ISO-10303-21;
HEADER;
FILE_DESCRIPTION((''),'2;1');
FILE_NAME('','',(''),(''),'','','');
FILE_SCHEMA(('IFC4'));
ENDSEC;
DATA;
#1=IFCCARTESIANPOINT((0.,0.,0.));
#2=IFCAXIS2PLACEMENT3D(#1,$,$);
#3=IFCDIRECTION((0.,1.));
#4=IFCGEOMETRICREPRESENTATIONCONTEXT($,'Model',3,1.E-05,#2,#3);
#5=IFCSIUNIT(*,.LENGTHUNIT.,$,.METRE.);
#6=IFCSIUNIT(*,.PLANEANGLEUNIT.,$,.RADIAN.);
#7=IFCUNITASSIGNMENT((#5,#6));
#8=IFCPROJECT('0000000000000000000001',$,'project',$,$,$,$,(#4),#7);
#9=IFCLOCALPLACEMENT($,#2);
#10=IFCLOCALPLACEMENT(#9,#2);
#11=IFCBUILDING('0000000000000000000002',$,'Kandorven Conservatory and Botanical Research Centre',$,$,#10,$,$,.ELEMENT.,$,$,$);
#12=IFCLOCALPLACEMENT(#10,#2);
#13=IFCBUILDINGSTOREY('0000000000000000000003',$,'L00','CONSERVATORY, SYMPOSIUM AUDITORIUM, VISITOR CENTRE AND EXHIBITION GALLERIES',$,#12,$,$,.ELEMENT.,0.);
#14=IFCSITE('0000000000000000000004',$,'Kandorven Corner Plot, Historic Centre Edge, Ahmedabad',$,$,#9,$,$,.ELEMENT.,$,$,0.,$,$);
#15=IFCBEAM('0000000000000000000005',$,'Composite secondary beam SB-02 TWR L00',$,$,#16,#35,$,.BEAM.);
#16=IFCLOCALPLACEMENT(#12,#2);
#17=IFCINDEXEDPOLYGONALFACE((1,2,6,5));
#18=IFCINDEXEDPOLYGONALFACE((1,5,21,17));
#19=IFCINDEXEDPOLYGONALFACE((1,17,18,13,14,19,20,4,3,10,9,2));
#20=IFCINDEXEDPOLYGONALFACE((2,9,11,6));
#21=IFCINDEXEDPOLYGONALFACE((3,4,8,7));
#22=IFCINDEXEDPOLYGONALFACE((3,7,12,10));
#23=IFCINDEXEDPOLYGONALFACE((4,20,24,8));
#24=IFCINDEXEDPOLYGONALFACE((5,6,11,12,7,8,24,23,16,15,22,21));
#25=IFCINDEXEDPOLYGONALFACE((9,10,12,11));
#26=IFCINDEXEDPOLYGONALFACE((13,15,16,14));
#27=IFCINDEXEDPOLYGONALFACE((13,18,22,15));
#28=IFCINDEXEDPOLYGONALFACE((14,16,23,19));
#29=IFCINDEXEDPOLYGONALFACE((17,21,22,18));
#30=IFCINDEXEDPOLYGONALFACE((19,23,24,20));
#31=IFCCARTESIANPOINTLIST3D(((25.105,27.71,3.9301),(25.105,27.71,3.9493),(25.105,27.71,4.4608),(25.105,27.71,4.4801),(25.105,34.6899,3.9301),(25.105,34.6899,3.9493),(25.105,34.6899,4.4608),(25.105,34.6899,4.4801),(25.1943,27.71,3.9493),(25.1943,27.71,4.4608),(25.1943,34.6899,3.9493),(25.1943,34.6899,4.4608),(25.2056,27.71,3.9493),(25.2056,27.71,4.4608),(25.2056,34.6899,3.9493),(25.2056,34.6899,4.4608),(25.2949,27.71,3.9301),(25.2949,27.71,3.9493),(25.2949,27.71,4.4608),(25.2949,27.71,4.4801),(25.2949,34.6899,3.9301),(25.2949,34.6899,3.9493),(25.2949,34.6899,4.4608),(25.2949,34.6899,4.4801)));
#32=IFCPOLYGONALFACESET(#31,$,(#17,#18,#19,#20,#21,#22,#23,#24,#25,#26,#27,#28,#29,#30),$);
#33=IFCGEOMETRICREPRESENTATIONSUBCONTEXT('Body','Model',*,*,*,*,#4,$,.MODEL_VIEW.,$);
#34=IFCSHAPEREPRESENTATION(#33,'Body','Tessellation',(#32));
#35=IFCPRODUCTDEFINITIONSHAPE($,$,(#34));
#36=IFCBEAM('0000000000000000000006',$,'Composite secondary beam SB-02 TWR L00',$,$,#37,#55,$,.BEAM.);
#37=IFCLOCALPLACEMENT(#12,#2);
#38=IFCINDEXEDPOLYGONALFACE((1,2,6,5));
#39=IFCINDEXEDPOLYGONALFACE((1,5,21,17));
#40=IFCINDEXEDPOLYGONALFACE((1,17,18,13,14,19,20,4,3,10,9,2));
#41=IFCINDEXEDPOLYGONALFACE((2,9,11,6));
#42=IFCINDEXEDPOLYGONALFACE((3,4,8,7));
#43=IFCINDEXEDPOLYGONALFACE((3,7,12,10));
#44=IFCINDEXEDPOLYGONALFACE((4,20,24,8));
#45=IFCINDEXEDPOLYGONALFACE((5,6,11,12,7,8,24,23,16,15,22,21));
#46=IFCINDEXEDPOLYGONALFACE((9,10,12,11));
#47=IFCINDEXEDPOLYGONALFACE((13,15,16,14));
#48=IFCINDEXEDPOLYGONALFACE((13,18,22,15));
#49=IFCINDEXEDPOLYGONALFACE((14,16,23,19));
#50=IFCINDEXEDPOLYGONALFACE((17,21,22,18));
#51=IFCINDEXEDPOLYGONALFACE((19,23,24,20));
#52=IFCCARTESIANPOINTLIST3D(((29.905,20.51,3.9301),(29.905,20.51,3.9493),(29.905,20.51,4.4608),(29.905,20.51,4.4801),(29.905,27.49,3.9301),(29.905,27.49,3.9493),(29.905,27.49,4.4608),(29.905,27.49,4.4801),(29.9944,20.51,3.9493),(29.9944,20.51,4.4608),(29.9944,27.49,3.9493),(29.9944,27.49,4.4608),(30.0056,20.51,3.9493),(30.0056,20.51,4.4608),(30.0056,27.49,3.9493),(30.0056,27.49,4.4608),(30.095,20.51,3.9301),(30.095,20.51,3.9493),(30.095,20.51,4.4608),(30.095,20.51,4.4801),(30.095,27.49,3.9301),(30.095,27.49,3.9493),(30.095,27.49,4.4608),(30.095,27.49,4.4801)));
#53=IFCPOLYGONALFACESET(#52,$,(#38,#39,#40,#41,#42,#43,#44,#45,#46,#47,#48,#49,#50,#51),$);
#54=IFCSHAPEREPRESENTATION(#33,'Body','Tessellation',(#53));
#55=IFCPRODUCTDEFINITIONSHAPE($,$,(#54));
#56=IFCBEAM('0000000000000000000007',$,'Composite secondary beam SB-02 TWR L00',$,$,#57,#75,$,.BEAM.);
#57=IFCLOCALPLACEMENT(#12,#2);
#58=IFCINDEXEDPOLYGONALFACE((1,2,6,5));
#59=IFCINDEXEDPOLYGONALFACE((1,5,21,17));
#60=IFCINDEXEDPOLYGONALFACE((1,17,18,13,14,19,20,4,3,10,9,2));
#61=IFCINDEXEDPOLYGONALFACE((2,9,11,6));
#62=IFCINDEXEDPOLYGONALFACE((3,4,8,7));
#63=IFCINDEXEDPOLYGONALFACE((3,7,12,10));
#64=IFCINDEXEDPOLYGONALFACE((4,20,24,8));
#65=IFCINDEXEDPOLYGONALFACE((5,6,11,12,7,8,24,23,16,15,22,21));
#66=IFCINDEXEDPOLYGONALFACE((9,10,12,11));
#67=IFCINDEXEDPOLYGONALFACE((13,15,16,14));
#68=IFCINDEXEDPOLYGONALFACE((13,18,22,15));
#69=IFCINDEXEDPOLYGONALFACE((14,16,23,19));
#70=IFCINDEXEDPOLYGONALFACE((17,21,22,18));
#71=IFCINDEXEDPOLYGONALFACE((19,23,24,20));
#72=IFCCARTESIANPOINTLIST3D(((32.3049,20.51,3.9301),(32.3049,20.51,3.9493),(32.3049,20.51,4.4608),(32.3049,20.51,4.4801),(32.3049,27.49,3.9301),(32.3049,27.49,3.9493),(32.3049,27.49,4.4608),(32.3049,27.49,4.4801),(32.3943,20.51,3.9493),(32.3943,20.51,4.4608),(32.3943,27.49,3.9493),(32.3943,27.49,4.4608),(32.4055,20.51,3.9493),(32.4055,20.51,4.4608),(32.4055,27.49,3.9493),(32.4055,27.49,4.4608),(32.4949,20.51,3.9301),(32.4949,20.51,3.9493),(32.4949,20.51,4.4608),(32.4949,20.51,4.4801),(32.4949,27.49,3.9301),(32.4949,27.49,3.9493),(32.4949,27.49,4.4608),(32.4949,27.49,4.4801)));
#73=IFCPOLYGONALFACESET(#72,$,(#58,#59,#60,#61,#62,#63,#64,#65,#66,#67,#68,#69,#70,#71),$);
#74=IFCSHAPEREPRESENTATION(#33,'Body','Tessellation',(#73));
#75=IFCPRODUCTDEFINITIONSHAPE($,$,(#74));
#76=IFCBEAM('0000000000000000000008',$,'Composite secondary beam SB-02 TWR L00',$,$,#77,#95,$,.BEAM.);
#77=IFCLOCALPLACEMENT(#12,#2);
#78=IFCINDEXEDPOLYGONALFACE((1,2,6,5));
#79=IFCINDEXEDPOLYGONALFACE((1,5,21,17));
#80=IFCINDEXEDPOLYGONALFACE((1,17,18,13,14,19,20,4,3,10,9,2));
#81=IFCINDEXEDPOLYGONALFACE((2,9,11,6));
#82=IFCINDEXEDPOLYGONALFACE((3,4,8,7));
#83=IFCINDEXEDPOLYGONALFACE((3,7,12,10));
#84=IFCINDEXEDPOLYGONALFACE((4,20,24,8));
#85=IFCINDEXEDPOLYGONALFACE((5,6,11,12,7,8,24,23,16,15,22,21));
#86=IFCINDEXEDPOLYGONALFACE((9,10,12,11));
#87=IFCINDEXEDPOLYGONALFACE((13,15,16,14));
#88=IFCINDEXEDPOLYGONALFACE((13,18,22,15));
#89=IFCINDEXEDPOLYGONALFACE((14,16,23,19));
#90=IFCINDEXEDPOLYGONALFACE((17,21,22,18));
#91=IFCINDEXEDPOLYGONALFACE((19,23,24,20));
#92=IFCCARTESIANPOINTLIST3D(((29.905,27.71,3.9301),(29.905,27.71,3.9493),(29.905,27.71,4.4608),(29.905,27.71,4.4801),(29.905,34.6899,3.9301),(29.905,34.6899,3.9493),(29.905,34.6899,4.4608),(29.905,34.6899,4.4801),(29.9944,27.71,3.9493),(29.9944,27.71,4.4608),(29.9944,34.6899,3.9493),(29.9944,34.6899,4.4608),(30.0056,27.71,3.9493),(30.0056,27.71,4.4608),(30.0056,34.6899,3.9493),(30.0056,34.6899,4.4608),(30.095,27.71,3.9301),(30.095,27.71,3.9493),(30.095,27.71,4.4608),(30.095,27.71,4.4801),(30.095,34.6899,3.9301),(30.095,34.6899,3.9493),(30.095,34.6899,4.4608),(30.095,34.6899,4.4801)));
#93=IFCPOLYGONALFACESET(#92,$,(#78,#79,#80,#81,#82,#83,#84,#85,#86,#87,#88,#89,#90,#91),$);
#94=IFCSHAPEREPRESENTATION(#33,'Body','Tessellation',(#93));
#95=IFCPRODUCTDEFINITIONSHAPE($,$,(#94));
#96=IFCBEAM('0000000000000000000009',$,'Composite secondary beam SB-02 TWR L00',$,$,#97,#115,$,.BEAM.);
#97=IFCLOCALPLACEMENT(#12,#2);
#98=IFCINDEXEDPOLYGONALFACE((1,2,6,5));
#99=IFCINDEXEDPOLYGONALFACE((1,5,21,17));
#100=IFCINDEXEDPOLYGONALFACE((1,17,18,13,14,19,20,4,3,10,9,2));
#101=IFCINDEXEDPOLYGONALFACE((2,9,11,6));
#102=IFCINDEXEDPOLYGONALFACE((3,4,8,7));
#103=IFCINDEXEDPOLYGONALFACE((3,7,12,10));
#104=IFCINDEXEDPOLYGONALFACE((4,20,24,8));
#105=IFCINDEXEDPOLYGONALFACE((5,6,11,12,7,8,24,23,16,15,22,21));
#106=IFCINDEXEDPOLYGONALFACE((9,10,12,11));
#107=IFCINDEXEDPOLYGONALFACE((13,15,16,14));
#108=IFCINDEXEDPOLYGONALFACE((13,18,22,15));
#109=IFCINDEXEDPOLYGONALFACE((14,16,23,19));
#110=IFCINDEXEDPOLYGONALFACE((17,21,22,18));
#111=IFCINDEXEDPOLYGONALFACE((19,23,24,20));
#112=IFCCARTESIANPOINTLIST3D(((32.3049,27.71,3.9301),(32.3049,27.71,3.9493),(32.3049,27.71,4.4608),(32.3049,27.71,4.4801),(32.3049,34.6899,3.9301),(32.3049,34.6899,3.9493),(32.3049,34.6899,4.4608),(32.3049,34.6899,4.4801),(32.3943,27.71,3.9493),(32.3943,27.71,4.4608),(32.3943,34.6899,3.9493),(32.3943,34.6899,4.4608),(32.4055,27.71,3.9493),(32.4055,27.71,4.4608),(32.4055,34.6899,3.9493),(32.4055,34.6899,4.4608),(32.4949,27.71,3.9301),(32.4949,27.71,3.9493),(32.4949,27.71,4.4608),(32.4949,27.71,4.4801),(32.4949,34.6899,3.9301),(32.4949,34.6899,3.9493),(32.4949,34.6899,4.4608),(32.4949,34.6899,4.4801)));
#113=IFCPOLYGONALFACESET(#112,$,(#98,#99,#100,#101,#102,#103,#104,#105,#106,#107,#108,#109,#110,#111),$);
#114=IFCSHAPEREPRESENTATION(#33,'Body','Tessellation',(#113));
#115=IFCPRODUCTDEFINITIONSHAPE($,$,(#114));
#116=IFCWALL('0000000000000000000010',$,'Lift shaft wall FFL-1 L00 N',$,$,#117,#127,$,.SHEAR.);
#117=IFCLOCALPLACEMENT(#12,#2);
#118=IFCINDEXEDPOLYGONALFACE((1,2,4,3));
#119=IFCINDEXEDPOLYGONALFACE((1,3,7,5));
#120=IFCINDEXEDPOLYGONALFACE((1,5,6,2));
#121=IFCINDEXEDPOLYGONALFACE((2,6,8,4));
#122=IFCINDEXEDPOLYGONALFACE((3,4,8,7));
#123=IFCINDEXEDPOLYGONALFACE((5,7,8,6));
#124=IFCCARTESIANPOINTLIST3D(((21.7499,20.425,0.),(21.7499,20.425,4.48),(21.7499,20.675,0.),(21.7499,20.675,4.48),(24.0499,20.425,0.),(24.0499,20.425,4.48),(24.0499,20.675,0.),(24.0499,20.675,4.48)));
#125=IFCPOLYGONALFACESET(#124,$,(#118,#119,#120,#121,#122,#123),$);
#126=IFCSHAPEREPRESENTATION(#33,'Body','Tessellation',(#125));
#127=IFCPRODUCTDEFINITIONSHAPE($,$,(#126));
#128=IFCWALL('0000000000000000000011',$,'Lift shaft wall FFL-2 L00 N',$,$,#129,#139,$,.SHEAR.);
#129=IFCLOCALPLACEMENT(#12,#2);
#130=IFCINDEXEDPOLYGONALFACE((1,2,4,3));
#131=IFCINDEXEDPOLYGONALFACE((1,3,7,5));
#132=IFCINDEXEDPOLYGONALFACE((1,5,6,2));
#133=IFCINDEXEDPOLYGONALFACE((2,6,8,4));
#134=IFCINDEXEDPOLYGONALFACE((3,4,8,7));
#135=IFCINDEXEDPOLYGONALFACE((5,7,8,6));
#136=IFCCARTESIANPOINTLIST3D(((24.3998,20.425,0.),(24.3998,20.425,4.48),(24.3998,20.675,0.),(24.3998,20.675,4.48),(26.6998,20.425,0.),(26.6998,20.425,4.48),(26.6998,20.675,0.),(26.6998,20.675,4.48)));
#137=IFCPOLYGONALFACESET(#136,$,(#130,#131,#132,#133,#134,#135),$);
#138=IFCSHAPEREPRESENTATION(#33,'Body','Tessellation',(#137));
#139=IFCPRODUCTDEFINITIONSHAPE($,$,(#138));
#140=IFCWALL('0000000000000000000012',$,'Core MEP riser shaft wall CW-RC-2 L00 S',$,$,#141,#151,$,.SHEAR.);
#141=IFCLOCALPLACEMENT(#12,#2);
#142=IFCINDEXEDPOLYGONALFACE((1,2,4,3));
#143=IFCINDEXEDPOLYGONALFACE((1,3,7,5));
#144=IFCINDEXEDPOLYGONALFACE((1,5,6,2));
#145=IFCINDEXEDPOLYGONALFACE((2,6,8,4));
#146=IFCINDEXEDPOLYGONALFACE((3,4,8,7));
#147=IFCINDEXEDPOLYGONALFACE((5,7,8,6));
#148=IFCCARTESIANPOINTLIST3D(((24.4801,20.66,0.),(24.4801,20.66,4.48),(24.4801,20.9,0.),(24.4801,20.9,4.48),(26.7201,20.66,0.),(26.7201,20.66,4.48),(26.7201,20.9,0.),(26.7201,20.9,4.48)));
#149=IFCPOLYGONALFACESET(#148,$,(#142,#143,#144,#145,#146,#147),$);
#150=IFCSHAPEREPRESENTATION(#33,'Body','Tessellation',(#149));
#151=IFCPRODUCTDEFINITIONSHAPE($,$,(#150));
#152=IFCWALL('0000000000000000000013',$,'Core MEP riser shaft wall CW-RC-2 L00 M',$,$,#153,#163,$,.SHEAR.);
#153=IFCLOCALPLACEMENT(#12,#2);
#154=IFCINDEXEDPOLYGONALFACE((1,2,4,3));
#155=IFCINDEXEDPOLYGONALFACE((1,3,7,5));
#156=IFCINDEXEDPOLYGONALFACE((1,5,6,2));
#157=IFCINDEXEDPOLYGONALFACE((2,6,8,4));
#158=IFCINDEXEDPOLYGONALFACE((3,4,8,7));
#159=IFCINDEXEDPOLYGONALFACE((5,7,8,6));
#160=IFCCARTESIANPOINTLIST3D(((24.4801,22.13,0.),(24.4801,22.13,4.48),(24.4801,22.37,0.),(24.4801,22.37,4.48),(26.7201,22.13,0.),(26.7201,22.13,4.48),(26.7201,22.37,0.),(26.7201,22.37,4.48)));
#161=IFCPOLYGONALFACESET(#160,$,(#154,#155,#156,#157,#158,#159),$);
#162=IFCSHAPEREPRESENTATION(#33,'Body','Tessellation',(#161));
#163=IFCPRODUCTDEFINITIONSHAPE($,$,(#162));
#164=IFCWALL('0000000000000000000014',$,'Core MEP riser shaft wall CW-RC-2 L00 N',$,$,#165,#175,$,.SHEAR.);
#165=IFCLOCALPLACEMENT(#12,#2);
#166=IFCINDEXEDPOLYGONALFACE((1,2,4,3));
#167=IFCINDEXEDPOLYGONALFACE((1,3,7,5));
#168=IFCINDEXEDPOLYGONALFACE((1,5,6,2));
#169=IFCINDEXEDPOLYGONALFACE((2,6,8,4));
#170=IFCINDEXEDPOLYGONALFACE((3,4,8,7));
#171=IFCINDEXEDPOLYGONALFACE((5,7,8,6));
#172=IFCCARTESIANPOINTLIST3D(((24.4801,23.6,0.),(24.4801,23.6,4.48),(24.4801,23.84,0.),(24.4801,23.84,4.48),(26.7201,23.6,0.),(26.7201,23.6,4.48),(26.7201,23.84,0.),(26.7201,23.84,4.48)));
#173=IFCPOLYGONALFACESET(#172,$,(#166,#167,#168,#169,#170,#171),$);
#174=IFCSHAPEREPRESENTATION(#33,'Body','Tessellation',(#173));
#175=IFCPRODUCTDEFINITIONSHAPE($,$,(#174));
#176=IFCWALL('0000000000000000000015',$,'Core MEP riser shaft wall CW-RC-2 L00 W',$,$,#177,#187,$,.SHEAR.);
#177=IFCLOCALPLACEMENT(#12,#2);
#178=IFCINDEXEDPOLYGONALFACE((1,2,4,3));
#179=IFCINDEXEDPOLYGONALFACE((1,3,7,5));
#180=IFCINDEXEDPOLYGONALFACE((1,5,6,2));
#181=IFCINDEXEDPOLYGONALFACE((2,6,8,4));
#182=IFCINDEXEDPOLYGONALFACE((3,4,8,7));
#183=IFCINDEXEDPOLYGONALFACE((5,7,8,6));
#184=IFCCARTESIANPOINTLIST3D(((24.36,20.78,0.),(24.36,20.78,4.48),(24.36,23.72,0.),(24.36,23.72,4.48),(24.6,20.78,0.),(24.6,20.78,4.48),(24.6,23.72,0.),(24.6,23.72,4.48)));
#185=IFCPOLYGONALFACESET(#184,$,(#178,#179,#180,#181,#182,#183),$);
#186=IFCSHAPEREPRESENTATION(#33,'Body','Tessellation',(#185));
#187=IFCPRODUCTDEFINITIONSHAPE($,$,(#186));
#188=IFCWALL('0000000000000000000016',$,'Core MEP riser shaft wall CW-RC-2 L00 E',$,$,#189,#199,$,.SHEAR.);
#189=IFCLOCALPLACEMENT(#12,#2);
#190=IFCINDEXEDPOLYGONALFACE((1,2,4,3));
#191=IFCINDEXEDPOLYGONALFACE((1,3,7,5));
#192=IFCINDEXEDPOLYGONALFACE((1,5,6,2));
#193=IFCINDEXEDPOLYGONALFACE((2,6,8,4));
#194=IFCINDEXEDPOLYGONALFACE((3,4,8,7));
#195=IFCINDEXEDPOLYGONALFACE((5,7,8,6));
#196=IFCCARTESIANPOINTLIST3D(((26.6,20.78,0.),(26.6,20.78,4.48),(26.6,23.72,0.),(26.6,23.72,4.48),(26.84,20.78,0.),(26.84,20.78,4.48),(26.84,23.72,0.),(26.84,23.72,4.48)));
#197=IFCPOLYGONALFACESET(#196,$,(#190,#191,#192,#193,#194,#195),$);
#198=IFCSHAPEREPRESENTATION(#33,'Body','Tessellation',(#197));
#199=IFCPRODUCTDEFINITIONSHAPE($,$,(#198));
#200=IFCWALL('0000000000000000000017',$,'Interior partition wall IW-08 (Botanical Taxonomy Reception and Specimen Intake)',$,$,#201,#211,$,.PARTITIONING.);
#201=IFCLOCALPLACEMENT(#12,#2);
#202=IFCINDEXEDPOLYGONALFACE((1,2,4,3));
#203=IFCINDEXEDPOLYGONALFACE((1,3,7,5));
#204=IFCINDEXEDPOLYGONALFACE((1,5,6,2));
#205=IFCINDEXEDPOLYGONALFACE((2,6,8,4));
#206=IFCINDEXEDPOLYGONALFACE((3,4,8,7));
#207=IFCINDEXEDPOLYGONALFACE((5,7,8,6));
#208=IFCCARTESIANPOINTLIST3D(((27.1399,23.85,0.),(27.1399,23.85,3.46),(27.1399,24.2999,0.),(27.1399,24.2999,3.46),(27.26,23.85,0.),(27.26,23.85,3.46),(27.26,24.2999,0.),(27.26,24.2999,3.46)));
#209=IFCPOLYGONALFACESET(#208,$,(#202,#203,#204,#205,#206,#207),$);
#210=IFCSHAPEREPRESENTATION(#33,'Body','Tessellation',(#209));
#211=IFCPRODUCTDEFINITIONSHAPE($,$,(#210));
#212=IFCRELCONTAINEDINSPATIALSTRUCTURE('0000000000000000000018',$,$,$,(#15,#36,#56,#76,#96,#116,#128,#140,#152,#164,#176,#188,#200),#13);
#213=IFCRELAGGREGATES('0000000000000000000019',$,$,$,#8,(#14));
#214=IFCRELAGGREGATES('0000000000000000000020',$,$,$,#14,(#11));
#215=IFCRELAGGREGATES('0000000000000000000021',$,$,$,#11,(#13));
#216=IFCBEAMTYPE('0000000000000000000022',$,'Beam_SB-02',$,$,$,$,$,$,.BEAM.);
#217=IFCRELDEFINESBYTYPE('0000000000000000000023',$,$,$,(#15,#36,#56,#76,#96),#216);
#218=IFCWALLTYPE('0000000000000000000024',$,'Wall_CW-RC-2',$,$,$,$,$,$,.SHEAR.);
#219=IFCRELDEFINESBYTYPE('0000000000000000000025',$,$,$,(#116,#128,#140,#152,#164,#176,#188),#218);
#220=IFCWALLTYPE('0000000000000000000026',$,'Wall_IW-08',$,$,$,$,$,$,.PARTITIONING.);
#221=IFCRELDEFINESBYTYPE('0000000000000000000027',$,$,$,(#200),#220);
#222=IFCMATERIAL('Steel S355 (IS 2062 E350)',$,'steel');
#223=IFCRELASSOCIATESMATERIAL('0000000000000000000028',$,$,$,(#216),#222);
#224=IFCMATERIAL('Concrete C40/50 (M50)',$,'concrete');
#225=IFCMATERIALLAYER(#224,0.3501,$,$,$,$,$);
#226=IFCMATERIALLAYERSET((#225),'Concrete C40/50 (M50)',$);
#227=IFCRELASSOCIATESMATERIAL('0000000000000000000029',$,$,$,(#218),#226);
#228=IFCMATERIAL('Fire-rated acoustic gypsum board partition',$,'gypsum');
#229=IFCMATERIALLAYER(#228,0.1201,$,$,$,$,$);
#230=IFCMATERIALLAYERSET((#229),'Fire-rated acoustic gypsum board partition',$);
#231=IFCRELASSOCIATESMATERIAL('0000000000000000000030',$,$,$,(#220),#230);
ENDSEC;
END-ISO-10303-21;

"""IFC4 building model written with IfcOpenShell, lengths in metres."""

from ifc_helpers import new_model, si_unit, direction, frame, frame_2d, origin, origin_2d, place, context, subcontext, project, spatial, rectangle, i_section, extrude, material, layer, layer_set, material_profile, profile_set, type_object, element, save


model = new_model("IFC4")

# Units and contexts
model_context = context("Model", 3, precision=1e-05, world=origin(), true_north=direction((0.0, 1.0)))
body_context = subcontext(model_context, "Body", "Model", "MODEL_VIEW")
ifc_project = project(units=[si_unit("LENGTHUNIT", "METRE"), si_unit("PLANEANGLEUNIT", "RADIAN")], contexts=[model_context])

# Site, building, storey
site_placement = place(None, origin())
site = spatial("IfcSite", under=ifc_project, at=site_placement, Name="Kandorven Corner Plot, Historic Centre Edge, Ahmedabad", CompositionType="ELEMENT", RefElevation=0.0)
building_placement = place(site_placement, origin())
building = spatial("IfcBuilding", under=site, at=building_placement, Name="Kandorven Conservatory and Botanical Research Centre", CompositionType="ELEMENT")
storey_placement = place(building_placement, origin())
storey = spatial("IfcBuildingStorey", under=building, at=storey_placement, Name="L00", Description="CONSERVATORY, SYMPOSIUM AUDITORIUM, VISITOR CENTRE AND EXHIBITION GALLERIES", CompositionType="ELEMENT", Elevation=0.0)

# Beams
ifc_material_1 = material(Name="Steel S355 (IS 2062 E350)", Category="steel")
ifc_material_profile_1 = material_profile(ifc_material_1, i_section(OverallWidth=0.1899, OverallDepth=0.55, WebThickness=0.0112, FlangeThickness=0.0193, at=origin_2d()))
ifc_profile_set_1 = profile_set([ifc_material_profile_1], Name="Steel S355 (IS 2062 E350)")
beam_type_1 = type_object("IfcBeamType", Name="Beam_SB-02", PredefinedType="BEAM", material=ifc_profile_set_1)
for number, where, z_axis, x_axis, name in (
    (1, (25.2, 27.71, 4.2051), (0.0, 1.0, 0.0), (-1.0, 0.0, 0.0), "Composite secondary beam SB-02 TWR L00"),
    (2, (30.0, 20.51, 4.2051), (0.0, 1.0, 0.0), (-1.0, 0.0, 0.0), "Composite secondary beam SB-02 TWR L00"),
    (3, (32.3999, 20.51, 4.2051), (0.0, 1.0, 0.0), (-1.0, 0.0, 0.0), "Composite secondary beam SB-02 TWR L00"),
    (4, (30.0, 27.71, 4.2051), (0.0, 1.0, 0.0), (-1.0, 0.0, 0.0), "Composite secondary beam SB-02 TWR L00"),
    (5, (32.3999, 27.71, 4.2051), (0.0, 1.0, 0.0), (-1.0, 0.0, 0.0), "Composite secondary beam SB-02 TWR L00"),
):
    element("IfcBeam", number, at=place(storey_placement, frame(where, z_axis=z_axis, x_axis=x_axis)), inside=storey, type_object=beam_type_1, Name=name, PredefinedType="BEAM", context=body_context, shape_type="SweptSolid", body=[
        extrude(i_section(OverallWidth=0.1899, OverallDepth=0.55, WebThickness=0.0112, FlangeThickness=0.0193, at=origin_2d()), origin(), (0.0, 0.0, 1.0), 6.98),
    ])

# Walls
ifc_material_2 = material(Name="Concrete C40/50 (M50)", Category="concrete")
ifc_layer_1 = layer(ifc_material_2, 0.3501)
ifc_layer_set_1 = layer_set([ifc_layer_1], Name="Concrete C40/50 (M50)")
wall_type_1 = type_object("IfcWallType", Name="Wall_CW-RC-2", PredefinedType="SHEAR", material=ifc_layer_set_1)
for number, where, z_axis, x_axis, name in (
    (6, (21.75, 20.55, 0.0), (0.0, 0.0, 1.0), (1.0, 0.0, 0.0), "Lift shaft wall FFL-1 L00 N"),
    (7, (24.3999, 20.55, 0.0), (0.0, 0.0, 1.0), (1.0, 0.0, 0.0), "Lift shaft wall FFL-2 L00 N"),
):
    element("IfcWall", number, at=place(storey_placement, frame(where, z_axis=z_axis, x_axis=x_axis)), inside=storey, type_object=wall_type_1, Name=name, PredefinedType="SHEAR", context=body_context, shape_type="SweptSolid", body=[
        extrude(rectangle(XDim=2.3, YDim=0.25, at=frame_2d((1.1499, 0.0))), origin(), (0.0, 0.0, 1.0), 4.48),
    ])
for number, where, z_axis, x_axis, name in (
    (8, (24.48, 20.78, 0.0), (0.0, 0.0, 1.0), (1.0, 0.0, 0.0), "Core MEP riser shaft wall CW-RC-2 L00 S"),
    (9, (24.48, 22.25, 0.0), (0.0, 0.0, 1.0), (1.0, 0.0, 0.0), "Core MEP riser shaft wall CW-RC-2 L00 M"),
    (10, (24.48, 23.72, 0.0), (0.0, 0.0, 1.0), (1.0, 0.0, 0.0), "Core MEP riser shaft wall CW-RC-2 L00 N"),
):
    element("IfcWall", number, at=place(storey_placement, frame(where, z_axis=z_axis, x_axis=x_axis)), inside=storey, type_object=wall_type_1, Name=name, PredefinedType="SHEAR", context=body_context, shape_type="SweptSolid", body=[
        extrude(rectangle(XDim=2.24, YDim=0.24, at=frame_2d((1.1201, 0.0))), origin(), (0.0, 0.0, 1.0), 4.48),
    ])
for number, where, z_axis, x_axis, name in (
    (11, (24.48, 20.78, 0.0), (0.0, 0.0, 1.0), (0.0, 1.0, 0.0), "Core MEP riser shaft wall CW-RC-2 L00 W"),
    (12, (26.72, 20.78, 0.0), (0.0, 0.0, 1.0), (0.0, 1.0, 0.0), "Core MEP riser shaft wall CW-RC-2 L00 E"),
):
    element("IfcWall", number, at=place(storey_placement, frame(where, z_axis=z_axis, x_axis=x_axis)), inside=storey, type_object=wall_type_1, Name=name, PredefinedType="SHEAR", context=body_context, shape_type="SweptSolid", body=[
        extrude(rectangle(XDim=2.9399, YDim=0.24, at=frame_2d((1.47, 0.0))), origin(), (0.0, 0.0, 1.0), 4.48),
    ])
ifc_material_3 = material(Name="Fire-rated acoustic gypsum board partition", Category="gypsum")
ifc_layer_2 = layer(ifc_material_3, 0.1201)
ifc_layer_set_2 = layer_set([ifc_layer_2], Name="Fire-rated acoustic gypsum board partition")
wall_type_2 = type_object("IfcWallType", Name="Wall_IW-08", PredefinedType="PARTITIONING", material=ifc_layer_set_2)
wall_placement = place(storey_placement, frame((27.2, 24.3, 0.0), z_axis=(0.0, 0.0, 1.0), x_axis=(0.0, -1.0, 0.0)))
element("IfcWall", 13, at=wall_placement, inside=storey, type_object=wall_type_2, Name="Interior partition wall IW-08 (Botanical Taxonomy Reception and Specimen Intake)", PredefinedType="PARTITIONING", context=body_context, shape_type="SweptSolid", body=[
    extrude(rectangle(XDim=0.45, YDim=0.1201, at=frame_2d((0.2251, 0.0))), origin(), (0.0, 0.0, 1.0), 3.46),
])

save(model, "model.ifc")
